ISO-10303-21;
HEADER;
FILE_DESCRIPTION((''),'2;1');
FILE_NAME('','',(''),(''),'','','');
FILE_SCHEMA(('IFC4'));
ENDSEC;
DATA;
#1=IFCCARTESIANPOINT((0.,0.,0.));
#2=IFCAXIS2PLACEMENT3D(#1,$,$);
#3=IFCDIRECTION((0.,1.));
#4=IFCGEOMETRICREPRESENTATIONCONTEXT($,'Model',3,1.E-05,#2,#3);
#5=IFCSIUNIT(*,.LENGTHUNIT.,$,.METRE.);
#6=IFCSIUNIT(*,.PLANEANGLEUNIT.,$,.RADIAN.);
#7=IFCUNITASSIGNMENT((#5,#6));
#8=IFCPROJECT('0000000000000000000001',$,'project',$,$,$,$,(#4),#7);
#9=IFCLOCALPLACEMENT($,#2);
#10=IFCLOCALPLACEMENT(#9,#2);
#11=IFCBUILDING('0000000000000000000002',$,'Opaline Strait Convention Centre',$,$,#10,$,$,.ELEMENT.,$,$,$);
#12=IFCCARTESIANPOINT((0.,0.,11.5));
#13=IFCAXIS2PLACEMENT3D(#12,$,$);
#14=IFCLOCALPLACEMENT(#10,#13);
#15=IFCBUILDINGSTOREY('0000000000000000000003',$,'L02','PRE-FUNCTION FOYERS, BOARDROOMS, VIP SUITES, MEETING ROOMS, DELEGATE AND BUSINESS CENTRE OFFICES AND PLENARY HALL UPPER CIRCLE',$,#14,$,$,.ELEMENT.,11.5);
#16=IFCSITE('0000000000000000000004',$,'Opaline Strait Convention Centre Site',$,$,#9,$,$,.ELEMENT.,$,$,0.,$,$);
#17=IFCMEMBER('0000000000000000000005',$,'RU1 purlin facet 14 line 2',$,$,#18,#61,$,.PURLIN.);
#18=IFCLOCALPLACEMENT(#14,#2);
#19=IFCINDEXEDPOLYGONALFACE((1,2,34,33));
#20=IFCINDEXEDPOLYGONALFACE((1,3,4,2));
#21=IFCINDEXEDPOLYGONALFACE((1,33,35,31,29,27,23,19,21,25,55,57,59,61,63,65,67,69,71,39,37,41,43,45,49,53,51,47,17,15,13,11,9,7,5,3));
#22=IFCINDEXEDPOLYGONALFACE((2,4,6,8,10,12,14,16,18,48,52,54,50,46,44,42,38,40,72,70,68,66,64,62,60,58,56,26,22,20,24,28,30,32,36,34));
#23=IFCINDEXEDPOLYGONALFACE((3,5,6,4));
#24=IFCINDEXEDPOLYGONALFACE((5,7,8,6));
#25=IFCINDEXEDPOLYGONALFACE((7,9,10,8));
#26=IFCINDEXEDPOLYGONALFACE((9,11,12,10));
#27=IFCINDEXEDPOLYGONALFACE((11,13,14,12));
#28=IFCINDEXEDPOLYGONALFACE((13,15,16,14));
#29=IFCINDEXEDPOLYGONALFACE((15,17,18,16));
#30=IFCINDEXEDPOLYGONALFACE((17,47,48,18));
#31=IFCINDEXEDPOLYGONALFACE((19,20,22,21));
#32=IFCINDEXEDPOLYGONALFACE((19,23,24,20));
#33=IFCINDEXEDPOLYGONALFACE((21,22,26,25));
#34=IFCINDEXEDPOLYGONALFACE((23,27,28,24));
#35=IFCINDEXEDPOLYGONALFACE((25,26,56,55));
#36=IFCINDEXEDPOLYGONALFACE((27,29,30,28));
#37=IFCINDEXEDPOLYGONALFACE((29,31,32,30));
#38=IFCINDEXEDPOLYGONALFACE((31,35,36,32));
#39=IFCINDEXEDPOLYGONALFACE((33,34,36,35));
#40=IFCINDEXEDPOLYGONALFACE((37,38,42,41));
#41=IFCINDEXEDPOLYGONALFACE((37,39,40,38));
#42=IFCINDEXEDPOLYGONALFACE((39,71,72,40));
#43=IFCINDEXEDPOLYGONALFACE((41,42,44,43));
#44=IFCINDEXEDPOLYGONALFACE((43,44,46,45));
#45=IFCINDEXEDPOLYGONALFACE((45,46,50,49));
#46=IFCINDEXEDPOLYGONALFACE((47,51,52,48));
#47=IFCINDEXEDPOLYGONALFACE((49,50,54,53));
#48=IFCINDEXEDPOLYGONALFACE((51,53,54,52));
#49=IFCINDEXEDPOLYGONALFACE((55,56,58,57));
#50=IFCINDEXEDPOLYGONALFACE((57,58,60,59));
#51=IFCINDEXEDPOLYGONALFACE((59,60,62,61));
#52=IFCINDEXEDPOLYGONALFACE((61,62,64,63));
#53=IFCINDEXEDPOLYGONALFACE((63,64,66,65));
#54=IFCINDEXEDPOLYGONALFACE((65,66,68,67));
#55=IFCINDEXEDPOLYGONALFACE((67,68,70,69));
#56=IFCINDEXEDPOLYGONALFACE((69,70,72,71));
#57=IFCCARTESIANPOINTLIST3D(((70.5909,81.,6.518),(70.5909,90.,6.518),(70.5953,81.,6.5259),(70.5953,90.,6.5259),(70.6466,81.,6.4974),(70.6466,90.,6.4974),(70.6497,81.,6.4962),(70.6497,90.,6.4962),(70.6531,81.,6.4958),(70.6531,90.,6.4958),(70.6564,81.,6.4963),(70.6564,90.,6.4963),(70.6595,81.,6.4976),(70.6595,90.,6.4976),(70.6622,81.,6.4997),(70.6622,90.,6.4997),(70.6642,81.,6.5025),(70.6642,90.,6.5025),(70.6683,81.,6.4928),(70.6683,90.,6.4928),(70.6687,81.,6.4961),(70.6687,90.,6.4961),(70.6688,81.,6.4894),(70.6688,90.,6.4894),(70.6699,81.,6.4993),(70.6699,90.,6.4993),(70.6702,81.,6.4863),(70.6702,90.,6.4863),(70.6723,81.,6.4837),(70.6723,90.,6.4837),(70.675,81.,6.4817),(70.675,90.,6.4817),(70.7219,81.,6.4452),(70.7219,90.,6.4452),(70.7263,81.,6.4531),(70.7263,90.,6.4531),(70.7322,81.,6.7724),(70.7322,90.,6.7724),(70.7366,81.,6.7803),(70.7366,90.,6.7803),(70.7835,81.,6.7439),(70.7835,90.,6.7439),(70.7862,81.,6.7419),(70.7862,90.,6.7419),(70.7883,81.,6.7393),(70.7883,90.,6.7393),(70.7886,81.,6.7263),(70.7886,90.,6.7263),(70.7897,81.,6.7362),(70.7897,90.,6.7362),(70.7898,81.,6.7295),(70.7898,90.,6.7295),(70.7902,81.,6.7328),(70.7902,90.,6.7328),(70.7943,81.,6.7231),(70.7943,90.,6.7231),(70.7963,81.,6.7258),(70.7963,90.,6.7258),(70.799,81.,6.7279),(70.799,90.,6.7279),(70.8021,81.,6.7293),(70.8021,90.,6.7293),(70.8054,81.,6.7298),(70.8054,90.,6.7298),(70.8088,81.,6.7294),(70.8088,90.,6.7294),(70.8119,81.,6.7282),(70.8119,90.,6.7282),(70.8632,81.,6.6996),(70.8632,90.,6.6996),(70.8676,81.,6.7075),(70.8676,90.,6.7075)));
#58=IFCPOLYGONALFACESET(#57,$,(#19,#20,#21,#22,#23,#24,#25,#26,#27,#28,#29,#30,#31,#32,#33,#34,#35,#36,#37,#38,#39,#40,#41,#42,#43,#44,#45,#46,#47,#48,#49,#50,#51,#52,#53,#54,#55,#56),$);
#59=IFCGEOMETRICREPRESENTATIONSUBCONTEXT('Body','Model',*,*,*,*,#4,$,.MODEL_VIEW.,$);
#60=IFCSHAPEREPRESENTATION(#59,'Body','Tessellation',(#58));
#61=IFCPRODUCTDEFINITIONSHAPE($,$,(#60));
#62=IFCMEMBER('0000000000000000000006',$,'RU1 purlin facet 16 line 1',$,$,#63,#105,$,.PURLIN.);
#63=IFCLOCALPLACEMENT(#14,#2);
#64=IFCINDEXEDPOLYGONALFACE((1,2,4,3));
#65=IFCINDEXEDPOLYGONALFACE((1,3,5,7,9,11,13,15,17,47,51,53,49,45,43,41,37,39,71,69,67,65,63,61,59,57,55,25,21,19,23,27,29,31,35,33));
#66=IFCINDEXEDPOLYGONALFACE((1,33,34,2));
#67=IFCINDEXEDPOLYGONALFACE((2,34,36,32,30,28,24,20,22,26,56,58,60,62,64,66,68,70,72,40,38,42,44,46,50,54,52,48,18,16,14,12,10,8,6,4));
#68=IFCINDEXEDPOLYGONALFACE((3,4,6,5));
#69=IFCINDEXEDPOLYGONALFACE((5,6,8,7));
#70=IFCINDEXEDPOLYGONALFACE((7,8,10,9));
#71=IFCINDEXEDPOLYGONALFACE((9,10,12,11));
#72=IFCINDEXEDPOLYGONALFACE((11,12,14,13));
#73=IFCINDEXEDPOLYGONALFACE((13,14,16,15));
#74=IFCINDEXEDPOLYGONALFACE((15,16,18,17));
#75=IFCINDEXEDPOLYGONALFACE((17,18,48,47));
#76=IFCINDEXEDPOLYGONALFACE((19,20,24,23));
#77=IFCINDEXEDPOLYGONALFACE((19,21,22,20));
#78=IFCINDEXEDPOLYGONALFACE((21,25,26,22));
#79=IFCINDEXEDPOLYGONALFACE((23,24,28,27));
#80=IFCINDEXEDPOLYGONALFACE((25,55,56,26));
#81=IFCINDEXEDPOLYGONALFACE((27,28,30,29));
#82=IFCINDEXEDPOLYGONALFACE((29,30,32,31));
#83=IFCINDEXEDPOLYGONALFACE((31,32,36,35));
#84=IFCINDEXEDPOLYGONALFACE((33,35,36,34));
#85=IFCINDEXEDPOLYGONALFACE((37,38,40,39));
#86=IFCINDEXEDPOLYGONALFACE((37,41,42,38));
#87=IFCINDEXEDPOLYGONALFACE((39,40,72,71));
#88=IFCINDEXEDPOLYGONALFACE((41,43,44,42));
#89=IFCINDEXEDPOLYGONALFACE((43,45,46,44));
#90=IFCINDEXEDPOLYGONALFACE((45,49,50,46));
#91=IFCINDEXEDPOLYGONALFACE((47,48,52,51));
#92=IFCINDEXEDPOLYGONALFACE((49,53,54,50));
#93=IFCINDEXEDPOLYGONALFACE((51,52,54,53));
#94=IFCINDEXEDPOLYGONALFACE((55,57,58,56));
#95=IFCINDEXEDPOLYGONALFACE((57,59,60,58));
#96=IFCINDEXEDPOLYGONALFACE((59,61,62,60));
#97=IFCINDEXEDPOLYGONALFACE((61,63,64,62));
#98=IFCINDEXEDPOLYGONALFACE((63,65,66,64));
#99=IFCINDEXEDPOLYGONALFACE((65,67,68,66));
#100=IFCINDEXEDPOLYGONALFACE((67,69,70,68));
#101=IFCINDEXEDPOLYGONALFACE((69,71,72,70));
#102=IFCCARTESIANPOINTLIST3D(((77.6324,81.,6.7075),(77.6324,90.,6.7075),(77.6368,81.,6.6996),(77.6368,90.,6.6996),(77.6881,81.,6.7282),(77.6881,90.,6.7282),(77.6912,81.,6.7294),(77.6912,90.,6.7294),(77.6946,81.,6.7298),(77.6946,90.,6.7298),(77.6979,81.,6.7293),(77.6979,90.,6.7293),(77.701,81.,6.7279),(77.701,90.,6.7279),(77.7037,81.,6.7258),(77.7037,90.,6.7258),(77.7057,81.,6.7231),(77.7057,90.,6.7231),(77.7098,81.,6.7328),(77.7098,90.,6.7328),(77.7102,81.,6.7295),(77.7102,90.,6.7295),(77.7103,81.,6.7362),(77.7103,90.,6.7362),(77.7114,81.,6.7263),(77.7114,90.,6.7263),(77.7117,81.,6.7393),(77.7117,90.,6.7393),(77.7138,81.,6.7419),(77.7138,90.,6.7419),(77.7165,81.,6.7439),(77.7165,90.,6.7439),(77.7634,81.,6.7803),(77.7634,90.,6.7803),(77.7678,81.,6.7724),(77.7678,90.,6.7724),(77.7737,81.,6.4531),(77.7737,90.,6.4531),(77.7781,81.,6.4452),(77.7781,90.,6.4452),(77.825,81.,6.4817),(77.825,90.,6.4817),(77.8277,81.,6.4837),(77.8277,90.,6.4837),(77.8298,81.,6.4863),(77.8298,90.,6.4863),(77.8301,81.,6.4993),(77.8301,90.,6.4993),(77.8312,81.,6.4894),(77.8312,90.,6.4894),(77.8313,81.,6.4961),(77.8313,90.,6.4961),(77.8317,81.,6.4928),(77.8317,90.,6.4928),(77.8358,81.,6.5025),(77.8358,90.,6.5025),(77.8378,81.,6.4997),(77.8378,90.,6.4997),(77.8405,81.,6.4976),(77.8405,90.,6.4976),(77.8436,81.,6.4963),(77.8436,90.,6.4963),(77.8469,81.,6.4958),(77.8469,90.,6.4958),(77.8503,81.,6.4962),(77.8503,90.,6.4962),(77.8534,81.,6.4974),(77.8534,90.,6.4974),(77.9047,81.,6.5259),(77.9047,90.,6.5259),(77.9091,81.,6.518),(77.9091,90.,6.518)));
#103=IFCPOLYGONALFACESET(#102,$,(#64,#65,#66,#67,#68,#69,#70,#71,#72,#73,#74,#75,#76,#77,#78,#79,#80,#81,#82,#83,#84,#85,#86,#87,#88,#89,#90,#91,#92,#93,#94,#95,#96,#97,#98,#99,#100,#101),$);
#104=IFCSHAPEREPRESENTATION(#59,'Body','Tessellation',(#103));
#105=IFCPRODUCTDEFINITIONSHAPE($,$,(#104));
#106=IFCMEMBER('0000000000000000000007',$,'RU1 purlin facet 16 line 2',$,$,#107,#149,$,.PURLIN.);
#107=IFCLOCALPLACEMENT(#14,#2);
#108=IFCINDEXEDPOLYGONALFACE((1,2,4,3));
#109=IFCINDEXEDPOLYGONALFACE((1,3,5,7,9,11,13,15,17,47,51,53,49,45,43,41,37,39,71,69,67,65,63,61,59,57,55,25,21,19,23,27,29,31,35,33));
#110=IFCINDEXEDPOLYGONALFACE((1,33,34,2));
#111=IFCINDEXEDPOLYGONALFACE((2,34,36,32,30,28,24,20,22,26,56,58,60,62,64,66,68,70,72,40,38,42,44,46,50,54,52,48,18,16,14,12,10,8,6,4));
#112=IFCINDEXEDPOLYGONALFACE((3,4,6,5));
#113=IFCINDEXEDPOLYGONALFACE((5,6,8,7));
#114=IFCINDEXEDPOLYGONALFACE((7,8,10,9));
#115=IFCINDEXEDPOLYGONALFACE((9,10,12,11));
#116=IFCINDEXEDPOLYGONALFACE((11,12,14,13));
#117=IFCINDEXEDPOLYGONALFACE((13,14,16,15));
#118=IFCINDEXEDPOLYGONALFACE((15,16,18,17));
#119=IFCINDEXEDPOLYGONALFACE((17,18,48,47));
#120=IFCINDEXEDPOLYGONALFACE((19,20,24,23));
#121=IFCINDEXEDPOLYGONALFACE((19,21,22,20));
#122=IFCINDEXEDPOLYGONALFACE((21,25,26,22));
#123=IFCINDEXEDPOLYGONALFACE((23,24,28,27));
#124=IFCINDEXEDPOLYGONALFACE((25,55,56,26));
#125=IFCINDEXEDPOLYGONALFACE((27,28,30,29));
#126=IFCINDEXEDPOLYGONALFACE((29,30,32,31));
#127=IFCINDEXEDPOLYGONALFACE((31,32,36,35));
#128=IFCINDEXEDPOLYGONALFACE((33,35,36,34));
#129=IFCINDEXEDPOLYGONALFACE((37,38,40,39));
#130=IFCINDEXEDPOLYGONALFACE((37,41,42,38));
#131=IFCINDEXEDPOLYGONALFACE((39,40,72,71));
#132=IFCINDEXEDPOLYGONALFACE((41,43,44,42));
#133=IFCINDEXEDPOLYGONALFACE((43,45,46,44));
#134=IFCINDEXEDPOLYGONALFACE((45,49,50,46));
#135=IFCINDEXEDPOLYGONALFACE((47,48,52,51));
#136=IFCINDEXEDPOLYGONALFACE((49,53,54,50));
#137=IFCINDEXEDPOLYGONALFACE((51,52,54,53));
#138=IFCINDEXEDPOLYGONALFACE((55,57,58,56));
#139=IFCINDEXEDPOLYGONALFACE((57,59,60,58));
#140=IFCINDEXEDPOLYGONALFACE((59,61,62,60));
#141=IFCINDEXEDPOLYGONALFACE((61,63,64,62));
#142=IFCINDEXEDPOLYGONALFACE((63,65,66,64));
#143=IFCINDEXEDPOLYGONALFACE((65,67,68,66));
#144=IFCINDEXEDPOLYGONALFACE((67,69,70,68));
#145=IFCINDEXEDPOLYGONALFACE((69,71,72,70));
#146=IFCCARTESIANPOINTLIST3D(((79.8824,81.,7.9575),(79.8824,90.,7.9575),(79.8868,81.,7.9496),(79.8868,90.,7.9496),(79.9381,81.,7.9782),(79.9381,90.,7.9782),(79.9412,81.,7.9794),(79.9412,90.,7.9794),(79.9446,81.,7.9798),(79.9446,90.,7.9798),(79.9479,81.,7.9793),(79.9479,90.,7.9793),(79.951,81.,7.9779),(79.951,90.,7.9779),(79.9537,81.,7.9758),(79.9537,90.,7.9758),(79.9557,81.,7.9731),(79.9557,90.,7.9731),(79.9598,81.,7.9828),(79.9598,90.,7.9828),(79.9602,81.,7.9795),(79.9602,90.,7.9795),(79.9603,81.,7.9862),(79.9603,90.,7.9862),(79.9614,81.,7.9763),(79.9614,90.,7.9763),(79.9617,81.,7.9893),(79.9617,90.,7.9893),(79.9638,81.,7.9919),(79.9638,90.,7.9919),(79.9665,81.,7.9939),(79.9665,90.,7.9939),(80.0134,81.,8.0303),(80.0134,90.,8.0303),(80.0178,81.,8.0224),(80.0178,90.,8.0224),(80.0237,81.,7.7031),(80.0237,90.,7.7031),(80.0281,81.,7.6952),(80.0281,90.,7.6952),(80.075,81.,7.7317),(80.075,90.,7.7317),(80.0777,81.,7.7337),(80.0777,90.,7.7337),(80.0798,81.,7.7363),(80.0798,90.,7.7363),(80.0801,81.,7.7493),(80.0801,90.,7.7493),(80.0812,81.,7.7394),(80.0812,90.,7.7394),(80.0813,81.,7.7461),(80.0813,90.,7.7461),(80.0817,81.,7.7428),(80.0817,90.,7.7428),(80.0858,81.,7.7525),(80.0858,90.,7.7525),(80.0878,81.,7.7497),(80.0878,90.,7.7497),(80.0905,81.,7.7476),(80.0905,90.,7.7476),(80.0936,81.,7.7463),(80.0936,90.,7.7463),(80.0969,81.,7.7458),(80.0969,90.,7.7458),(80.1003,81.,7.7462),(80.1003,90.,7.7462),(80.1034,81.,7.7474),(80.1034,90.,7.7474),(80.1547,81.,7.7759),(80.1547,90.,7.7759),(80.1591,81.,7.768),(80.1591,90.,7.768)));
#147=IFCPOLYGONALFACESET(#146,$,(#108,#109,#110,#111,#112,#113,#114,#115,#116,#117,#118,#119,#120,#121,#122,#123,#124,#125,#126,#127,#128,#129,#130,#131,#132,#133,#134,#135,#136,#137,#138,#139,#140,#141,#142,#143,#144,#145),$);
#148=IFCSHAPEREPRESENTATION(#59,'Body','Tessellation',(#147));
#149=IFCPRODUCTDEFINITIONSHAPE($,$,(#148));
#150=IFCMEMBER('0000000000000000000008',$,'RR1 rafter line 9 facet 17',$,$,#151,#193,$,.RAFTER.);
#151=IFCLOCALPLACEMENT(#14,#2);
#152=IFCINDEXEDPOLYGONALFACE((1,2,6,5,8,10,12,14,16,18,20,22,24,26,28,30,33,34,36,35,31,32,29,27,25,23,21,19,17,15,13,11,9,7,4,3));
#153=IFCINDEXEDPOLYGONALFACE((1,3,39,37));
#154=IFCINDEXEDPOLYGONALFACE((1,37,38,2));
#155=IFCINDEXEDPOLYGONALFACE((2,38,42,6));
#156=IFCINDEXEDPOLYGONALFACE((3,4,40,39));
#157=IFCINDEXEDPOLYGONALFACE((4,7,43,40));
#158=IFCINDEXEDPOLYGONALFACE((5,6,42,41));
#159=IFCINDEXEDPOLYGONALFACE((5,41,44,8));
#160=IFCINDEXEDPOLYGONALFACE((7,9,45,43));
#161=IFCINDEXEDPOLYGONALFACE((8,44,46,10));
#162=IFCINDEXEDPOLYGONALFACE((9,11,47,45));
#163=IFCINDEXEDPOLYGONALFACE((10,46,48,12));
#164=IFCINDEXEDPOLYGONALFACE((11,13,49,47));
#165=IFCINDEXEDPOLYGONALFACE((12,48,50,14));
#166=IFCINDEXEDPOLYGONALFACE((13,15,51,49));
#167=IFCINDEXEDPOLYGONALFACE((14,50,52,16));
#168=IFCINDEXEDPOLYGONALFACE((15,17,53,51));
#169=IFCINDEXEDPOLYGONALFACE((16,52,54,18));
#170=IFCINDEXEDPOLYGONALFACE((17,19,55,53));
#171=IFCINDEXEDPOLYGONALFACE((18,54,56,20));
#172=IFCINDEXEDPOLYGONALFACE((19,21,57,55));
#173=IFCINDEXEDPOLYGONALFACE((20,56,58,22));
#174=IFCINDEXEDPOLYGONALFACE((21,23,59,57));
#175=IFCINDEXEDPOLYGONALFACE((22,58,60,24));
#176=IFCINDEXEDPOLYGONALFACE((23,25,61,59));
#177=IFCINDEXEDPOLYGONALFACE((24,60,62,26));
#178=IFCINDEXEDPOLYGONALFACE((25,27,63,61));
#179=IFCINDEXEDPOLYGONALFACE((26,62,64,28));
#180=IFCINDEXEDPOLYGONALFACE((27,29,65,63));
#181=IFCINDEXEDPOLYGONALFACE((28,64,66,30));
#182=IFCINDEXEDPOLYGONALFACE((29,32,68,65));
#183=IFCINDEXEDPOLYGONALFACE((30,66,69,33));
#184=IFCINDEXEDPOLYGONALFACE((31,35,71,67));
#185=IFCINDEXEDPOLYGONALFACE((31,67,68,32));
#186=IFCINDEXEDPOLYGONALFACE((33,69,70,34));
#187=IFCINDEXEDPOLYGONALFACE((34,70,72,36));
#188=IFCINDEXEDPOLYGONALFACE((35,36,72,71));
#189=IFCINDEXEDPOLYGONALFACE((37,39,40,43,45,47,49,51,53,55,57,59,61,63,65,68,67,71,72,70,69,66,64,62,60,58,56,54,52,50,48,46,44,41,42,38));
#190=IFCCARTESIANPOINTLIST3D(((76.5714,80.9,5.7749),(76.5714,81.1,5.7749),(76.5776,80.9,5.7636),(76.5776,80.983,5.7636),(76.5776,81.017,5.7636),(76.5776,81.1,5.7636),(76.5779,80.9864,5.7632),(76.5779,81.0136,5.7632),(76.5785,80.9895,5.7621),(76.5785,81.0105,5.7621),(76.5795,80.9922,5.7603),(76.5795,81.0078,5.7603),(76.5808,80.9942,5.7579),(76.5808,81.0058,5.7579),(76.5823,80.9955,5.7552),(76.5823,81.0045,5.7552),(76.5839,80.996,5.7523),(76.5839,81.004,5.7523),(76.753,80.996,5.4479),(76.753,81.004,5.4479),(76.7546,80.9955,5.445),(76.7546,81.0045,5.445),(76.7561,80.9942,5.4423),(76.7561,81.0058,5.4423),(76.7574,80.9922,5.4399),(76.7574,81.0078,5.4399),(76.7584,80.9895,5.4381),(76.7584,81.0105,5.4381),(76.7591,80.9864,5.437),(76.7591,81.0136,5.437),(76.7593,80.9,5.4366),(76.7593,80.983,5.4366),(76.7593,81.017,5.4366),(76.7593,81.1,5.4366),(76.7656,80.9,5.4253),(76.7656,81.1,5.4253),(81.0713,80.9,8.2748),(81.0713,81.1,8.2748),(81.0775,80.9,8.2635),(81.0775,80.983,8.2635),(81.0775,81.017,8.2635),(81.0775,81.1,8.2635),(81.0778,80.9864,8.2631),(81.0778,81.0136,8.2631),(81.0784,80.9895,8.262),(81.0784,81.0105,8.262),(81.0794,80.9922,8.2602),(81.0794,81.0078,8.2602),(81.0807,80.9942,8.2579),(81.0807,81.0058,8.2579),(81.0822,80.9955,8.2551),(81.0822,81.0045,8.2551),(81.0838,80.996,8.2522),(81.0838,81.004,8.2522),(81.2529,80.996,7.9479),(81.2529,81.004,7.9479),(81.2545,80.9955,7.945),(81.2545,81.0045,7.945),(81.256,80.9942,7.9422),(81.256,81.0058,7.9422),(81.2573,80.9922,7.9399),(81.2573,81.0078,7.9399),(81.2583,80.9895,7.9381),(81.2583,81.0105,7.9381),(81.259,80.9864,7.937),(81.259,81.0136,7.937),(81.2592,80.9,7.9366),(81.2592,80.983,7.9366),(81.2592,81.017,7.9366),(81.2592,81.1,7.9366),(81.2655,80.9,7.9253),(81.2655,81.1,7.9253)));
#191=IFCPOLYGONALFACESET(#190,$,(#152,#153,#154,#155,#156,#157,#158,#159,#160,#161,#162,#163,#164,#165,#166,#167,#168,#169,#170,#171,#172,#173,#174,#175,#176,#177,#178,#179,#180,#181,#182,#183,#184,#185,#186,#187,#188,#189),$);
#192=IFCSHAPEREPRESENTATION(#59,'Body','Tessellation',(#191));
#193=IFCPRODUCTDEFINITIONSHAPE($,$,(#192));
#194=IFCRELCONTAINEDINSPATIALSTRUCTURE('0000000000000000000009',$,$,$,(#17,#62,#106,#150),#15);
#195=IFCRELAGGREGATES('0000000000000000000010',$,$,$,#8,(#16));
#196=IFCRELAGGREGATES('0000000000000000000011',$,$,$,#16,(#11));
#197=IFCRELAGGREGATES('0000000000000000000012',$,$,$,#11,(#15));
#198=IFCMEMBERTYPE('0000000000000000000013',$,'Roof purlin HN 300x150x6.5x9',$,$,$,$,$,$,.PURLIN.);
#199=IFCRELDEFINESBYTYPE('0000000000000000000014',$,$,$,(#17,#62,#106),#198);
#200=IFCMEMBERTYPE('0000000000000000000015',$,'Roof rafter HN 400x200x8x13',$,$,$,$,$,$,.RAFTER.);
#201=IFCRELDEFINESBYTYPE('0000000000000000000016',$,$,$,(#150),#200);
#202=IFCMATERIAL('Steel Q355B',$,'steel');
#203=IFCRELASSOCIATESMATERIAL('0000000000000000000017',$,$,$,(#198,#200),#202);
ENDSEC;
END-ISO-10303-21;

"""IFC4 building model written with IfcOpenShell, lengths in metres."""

from ifc_helpers import new_model, si_unit, direction, frame, origin, origin_2d, place, context, subcontext, project, spatial, i_section, extrude, material, material_profile, profile_set, type_object, element, save


model = new_model("IFC4")

# Units and contexts
model_context = context("Model", 3, precision=1e-05, world=origin(), true_north=direction((0.0, 1.0)))
body_context = subcontext(model_context, "Body", "Model", "MODEL_VIEW")
ifc_project = project(units=[si_unit("LENGTHUNIT", "METRE"), si_unit("PLANEANGLEUNIT", "RADIAN")], contexts=[model_context])

# Site, building, storey
site_placement = place(None, origin())
site = spatial("IfcSite", under=ifc_project, at=site_placement, Name="Opaline Strait Convention Centre Site", CompositionType="ELEMENT", RefElevation=0.0)
building_placement = place(site_placement, origin())
building = spatial("IfcBuilding", under=site, at=building_placement, Name="Opaline Strait Convention Centre", CompositionType="ELEMENT")
storey_placement = place(building_placement, frame((0.0, 0.0, 11.5)))
storey = spatial("IfcBuildingStorey", under=building, at=storey_placement, Name="L02", Description="PRE-FUNCTION FOYERS, BOARDROOMS, VIP SUITES, MEETING ROOMS, DELEGATE AND BUSINESS CENTRE OFFICES AND PLENARY HALL UPPER CIRCLE", CompositionType="ELEMENT", Elevation=11.5)

# Members
ifc_material_1 = material(Name="Steel Q355B", Category="steel")
ifc_material_profile_1 = material_profile(ifc_material_1, i_section(OverallWidth=0.1499, OverallDepth=0.3, WebThickness=0.0066, FlangeThickness=0.009, FilletRadius=0.0129, at=origin_2d()), Name="HN 300x150x6.5x9")
ifc_profile_set_1 = profile_set([ifc_material_profile_1], Name="Steel Q355B")
member_type_1 = type_object("IfcMemberType", Name="Roof purlin HN 300x150x6.5x9", PredefinedType="PURLIN", material=ifc_profile_set_1)
for number, where, z_axis, x_axis, name in (
    (1, (70.7292, 81.0, 6.6128), (0.0, 1.0, 0.0), (-0.874157, 0.0, 0.485643), "RU1 purlin facet 14 line 2"),
    (2, (77.7708, 81.0, 6.6128), (0.0, 1.0, 0.0), (-0.874157, 0.0, -0.485643), "RU1 purlin facet 16 line 1"),
    (3, (80.0208, 81.0, 7.8628), (0.0, 1.0, 0.0), (-0.874157, 0.0, -0.485643), "RU1 purlin facet 16 line 2"),
):
    element("IfcMember", number, at=place(storey_placement, frame(where, z_axis=z_axis, x_axis=x_axis)), inside=storey, type_object=member_type_1, Name=name, PredefinedType="PURLIN", context=body_context, shape_type="SweptSolid", body=[
        extrude(i_section(OverallWidth=0.1499, OverallDepth=0.3, WebThickness=0.0066, FlangeThickness=0.009, FilletRadius=0.0129, at=origin_2d()), origin(), (0.0, 0.0, 1.0), 9.0),
    ])
ifc_material_profile_2 = material_profile(ifc_material_1, i_section(OverallWidth=0.2, OverallDepth=0.3999, WebThickness=0.0081, FlangeThickness=0.0129, FilletRadius=0.0129, at=origin_2d()), Name="HN 400x200x8x13")
ifc_profile_set_2 = profile_set([ifc_material_profile_2], Name="Steel Q355B")
member_type_2 = type_object("IfcMemberType", Name="Roof rafter HN 400x200x8x13", PredefinedType="RAFTER", material=ifc_profile_set_2)
member_1_placement = place(storey_placement, frame((76.6685, 81.0, 5.6001), z_axis=(0.874157, 0.0, 0.485643), x_axis=(0.0, 1.0, 0.0)))
element("IfcMember", 4, at=member_1_placement, inside=storey, type_object=member_type_2, Name="RR1 rafter line 9 facet 17", PredefinedType="RAFTER", context=body_context, shape_type="SweptSolid", body=[
    extrude(i_section(OverallWidth=0.2, OverallDepth=0.3999, WebThickness=0.0081, FlangeThickness=0.0129, FilletRadius=0.0129, at=origin_2d()), origin(), (0.0, 0.0, 1.0), 5.1477),
])

save(model, "model.ifc")
